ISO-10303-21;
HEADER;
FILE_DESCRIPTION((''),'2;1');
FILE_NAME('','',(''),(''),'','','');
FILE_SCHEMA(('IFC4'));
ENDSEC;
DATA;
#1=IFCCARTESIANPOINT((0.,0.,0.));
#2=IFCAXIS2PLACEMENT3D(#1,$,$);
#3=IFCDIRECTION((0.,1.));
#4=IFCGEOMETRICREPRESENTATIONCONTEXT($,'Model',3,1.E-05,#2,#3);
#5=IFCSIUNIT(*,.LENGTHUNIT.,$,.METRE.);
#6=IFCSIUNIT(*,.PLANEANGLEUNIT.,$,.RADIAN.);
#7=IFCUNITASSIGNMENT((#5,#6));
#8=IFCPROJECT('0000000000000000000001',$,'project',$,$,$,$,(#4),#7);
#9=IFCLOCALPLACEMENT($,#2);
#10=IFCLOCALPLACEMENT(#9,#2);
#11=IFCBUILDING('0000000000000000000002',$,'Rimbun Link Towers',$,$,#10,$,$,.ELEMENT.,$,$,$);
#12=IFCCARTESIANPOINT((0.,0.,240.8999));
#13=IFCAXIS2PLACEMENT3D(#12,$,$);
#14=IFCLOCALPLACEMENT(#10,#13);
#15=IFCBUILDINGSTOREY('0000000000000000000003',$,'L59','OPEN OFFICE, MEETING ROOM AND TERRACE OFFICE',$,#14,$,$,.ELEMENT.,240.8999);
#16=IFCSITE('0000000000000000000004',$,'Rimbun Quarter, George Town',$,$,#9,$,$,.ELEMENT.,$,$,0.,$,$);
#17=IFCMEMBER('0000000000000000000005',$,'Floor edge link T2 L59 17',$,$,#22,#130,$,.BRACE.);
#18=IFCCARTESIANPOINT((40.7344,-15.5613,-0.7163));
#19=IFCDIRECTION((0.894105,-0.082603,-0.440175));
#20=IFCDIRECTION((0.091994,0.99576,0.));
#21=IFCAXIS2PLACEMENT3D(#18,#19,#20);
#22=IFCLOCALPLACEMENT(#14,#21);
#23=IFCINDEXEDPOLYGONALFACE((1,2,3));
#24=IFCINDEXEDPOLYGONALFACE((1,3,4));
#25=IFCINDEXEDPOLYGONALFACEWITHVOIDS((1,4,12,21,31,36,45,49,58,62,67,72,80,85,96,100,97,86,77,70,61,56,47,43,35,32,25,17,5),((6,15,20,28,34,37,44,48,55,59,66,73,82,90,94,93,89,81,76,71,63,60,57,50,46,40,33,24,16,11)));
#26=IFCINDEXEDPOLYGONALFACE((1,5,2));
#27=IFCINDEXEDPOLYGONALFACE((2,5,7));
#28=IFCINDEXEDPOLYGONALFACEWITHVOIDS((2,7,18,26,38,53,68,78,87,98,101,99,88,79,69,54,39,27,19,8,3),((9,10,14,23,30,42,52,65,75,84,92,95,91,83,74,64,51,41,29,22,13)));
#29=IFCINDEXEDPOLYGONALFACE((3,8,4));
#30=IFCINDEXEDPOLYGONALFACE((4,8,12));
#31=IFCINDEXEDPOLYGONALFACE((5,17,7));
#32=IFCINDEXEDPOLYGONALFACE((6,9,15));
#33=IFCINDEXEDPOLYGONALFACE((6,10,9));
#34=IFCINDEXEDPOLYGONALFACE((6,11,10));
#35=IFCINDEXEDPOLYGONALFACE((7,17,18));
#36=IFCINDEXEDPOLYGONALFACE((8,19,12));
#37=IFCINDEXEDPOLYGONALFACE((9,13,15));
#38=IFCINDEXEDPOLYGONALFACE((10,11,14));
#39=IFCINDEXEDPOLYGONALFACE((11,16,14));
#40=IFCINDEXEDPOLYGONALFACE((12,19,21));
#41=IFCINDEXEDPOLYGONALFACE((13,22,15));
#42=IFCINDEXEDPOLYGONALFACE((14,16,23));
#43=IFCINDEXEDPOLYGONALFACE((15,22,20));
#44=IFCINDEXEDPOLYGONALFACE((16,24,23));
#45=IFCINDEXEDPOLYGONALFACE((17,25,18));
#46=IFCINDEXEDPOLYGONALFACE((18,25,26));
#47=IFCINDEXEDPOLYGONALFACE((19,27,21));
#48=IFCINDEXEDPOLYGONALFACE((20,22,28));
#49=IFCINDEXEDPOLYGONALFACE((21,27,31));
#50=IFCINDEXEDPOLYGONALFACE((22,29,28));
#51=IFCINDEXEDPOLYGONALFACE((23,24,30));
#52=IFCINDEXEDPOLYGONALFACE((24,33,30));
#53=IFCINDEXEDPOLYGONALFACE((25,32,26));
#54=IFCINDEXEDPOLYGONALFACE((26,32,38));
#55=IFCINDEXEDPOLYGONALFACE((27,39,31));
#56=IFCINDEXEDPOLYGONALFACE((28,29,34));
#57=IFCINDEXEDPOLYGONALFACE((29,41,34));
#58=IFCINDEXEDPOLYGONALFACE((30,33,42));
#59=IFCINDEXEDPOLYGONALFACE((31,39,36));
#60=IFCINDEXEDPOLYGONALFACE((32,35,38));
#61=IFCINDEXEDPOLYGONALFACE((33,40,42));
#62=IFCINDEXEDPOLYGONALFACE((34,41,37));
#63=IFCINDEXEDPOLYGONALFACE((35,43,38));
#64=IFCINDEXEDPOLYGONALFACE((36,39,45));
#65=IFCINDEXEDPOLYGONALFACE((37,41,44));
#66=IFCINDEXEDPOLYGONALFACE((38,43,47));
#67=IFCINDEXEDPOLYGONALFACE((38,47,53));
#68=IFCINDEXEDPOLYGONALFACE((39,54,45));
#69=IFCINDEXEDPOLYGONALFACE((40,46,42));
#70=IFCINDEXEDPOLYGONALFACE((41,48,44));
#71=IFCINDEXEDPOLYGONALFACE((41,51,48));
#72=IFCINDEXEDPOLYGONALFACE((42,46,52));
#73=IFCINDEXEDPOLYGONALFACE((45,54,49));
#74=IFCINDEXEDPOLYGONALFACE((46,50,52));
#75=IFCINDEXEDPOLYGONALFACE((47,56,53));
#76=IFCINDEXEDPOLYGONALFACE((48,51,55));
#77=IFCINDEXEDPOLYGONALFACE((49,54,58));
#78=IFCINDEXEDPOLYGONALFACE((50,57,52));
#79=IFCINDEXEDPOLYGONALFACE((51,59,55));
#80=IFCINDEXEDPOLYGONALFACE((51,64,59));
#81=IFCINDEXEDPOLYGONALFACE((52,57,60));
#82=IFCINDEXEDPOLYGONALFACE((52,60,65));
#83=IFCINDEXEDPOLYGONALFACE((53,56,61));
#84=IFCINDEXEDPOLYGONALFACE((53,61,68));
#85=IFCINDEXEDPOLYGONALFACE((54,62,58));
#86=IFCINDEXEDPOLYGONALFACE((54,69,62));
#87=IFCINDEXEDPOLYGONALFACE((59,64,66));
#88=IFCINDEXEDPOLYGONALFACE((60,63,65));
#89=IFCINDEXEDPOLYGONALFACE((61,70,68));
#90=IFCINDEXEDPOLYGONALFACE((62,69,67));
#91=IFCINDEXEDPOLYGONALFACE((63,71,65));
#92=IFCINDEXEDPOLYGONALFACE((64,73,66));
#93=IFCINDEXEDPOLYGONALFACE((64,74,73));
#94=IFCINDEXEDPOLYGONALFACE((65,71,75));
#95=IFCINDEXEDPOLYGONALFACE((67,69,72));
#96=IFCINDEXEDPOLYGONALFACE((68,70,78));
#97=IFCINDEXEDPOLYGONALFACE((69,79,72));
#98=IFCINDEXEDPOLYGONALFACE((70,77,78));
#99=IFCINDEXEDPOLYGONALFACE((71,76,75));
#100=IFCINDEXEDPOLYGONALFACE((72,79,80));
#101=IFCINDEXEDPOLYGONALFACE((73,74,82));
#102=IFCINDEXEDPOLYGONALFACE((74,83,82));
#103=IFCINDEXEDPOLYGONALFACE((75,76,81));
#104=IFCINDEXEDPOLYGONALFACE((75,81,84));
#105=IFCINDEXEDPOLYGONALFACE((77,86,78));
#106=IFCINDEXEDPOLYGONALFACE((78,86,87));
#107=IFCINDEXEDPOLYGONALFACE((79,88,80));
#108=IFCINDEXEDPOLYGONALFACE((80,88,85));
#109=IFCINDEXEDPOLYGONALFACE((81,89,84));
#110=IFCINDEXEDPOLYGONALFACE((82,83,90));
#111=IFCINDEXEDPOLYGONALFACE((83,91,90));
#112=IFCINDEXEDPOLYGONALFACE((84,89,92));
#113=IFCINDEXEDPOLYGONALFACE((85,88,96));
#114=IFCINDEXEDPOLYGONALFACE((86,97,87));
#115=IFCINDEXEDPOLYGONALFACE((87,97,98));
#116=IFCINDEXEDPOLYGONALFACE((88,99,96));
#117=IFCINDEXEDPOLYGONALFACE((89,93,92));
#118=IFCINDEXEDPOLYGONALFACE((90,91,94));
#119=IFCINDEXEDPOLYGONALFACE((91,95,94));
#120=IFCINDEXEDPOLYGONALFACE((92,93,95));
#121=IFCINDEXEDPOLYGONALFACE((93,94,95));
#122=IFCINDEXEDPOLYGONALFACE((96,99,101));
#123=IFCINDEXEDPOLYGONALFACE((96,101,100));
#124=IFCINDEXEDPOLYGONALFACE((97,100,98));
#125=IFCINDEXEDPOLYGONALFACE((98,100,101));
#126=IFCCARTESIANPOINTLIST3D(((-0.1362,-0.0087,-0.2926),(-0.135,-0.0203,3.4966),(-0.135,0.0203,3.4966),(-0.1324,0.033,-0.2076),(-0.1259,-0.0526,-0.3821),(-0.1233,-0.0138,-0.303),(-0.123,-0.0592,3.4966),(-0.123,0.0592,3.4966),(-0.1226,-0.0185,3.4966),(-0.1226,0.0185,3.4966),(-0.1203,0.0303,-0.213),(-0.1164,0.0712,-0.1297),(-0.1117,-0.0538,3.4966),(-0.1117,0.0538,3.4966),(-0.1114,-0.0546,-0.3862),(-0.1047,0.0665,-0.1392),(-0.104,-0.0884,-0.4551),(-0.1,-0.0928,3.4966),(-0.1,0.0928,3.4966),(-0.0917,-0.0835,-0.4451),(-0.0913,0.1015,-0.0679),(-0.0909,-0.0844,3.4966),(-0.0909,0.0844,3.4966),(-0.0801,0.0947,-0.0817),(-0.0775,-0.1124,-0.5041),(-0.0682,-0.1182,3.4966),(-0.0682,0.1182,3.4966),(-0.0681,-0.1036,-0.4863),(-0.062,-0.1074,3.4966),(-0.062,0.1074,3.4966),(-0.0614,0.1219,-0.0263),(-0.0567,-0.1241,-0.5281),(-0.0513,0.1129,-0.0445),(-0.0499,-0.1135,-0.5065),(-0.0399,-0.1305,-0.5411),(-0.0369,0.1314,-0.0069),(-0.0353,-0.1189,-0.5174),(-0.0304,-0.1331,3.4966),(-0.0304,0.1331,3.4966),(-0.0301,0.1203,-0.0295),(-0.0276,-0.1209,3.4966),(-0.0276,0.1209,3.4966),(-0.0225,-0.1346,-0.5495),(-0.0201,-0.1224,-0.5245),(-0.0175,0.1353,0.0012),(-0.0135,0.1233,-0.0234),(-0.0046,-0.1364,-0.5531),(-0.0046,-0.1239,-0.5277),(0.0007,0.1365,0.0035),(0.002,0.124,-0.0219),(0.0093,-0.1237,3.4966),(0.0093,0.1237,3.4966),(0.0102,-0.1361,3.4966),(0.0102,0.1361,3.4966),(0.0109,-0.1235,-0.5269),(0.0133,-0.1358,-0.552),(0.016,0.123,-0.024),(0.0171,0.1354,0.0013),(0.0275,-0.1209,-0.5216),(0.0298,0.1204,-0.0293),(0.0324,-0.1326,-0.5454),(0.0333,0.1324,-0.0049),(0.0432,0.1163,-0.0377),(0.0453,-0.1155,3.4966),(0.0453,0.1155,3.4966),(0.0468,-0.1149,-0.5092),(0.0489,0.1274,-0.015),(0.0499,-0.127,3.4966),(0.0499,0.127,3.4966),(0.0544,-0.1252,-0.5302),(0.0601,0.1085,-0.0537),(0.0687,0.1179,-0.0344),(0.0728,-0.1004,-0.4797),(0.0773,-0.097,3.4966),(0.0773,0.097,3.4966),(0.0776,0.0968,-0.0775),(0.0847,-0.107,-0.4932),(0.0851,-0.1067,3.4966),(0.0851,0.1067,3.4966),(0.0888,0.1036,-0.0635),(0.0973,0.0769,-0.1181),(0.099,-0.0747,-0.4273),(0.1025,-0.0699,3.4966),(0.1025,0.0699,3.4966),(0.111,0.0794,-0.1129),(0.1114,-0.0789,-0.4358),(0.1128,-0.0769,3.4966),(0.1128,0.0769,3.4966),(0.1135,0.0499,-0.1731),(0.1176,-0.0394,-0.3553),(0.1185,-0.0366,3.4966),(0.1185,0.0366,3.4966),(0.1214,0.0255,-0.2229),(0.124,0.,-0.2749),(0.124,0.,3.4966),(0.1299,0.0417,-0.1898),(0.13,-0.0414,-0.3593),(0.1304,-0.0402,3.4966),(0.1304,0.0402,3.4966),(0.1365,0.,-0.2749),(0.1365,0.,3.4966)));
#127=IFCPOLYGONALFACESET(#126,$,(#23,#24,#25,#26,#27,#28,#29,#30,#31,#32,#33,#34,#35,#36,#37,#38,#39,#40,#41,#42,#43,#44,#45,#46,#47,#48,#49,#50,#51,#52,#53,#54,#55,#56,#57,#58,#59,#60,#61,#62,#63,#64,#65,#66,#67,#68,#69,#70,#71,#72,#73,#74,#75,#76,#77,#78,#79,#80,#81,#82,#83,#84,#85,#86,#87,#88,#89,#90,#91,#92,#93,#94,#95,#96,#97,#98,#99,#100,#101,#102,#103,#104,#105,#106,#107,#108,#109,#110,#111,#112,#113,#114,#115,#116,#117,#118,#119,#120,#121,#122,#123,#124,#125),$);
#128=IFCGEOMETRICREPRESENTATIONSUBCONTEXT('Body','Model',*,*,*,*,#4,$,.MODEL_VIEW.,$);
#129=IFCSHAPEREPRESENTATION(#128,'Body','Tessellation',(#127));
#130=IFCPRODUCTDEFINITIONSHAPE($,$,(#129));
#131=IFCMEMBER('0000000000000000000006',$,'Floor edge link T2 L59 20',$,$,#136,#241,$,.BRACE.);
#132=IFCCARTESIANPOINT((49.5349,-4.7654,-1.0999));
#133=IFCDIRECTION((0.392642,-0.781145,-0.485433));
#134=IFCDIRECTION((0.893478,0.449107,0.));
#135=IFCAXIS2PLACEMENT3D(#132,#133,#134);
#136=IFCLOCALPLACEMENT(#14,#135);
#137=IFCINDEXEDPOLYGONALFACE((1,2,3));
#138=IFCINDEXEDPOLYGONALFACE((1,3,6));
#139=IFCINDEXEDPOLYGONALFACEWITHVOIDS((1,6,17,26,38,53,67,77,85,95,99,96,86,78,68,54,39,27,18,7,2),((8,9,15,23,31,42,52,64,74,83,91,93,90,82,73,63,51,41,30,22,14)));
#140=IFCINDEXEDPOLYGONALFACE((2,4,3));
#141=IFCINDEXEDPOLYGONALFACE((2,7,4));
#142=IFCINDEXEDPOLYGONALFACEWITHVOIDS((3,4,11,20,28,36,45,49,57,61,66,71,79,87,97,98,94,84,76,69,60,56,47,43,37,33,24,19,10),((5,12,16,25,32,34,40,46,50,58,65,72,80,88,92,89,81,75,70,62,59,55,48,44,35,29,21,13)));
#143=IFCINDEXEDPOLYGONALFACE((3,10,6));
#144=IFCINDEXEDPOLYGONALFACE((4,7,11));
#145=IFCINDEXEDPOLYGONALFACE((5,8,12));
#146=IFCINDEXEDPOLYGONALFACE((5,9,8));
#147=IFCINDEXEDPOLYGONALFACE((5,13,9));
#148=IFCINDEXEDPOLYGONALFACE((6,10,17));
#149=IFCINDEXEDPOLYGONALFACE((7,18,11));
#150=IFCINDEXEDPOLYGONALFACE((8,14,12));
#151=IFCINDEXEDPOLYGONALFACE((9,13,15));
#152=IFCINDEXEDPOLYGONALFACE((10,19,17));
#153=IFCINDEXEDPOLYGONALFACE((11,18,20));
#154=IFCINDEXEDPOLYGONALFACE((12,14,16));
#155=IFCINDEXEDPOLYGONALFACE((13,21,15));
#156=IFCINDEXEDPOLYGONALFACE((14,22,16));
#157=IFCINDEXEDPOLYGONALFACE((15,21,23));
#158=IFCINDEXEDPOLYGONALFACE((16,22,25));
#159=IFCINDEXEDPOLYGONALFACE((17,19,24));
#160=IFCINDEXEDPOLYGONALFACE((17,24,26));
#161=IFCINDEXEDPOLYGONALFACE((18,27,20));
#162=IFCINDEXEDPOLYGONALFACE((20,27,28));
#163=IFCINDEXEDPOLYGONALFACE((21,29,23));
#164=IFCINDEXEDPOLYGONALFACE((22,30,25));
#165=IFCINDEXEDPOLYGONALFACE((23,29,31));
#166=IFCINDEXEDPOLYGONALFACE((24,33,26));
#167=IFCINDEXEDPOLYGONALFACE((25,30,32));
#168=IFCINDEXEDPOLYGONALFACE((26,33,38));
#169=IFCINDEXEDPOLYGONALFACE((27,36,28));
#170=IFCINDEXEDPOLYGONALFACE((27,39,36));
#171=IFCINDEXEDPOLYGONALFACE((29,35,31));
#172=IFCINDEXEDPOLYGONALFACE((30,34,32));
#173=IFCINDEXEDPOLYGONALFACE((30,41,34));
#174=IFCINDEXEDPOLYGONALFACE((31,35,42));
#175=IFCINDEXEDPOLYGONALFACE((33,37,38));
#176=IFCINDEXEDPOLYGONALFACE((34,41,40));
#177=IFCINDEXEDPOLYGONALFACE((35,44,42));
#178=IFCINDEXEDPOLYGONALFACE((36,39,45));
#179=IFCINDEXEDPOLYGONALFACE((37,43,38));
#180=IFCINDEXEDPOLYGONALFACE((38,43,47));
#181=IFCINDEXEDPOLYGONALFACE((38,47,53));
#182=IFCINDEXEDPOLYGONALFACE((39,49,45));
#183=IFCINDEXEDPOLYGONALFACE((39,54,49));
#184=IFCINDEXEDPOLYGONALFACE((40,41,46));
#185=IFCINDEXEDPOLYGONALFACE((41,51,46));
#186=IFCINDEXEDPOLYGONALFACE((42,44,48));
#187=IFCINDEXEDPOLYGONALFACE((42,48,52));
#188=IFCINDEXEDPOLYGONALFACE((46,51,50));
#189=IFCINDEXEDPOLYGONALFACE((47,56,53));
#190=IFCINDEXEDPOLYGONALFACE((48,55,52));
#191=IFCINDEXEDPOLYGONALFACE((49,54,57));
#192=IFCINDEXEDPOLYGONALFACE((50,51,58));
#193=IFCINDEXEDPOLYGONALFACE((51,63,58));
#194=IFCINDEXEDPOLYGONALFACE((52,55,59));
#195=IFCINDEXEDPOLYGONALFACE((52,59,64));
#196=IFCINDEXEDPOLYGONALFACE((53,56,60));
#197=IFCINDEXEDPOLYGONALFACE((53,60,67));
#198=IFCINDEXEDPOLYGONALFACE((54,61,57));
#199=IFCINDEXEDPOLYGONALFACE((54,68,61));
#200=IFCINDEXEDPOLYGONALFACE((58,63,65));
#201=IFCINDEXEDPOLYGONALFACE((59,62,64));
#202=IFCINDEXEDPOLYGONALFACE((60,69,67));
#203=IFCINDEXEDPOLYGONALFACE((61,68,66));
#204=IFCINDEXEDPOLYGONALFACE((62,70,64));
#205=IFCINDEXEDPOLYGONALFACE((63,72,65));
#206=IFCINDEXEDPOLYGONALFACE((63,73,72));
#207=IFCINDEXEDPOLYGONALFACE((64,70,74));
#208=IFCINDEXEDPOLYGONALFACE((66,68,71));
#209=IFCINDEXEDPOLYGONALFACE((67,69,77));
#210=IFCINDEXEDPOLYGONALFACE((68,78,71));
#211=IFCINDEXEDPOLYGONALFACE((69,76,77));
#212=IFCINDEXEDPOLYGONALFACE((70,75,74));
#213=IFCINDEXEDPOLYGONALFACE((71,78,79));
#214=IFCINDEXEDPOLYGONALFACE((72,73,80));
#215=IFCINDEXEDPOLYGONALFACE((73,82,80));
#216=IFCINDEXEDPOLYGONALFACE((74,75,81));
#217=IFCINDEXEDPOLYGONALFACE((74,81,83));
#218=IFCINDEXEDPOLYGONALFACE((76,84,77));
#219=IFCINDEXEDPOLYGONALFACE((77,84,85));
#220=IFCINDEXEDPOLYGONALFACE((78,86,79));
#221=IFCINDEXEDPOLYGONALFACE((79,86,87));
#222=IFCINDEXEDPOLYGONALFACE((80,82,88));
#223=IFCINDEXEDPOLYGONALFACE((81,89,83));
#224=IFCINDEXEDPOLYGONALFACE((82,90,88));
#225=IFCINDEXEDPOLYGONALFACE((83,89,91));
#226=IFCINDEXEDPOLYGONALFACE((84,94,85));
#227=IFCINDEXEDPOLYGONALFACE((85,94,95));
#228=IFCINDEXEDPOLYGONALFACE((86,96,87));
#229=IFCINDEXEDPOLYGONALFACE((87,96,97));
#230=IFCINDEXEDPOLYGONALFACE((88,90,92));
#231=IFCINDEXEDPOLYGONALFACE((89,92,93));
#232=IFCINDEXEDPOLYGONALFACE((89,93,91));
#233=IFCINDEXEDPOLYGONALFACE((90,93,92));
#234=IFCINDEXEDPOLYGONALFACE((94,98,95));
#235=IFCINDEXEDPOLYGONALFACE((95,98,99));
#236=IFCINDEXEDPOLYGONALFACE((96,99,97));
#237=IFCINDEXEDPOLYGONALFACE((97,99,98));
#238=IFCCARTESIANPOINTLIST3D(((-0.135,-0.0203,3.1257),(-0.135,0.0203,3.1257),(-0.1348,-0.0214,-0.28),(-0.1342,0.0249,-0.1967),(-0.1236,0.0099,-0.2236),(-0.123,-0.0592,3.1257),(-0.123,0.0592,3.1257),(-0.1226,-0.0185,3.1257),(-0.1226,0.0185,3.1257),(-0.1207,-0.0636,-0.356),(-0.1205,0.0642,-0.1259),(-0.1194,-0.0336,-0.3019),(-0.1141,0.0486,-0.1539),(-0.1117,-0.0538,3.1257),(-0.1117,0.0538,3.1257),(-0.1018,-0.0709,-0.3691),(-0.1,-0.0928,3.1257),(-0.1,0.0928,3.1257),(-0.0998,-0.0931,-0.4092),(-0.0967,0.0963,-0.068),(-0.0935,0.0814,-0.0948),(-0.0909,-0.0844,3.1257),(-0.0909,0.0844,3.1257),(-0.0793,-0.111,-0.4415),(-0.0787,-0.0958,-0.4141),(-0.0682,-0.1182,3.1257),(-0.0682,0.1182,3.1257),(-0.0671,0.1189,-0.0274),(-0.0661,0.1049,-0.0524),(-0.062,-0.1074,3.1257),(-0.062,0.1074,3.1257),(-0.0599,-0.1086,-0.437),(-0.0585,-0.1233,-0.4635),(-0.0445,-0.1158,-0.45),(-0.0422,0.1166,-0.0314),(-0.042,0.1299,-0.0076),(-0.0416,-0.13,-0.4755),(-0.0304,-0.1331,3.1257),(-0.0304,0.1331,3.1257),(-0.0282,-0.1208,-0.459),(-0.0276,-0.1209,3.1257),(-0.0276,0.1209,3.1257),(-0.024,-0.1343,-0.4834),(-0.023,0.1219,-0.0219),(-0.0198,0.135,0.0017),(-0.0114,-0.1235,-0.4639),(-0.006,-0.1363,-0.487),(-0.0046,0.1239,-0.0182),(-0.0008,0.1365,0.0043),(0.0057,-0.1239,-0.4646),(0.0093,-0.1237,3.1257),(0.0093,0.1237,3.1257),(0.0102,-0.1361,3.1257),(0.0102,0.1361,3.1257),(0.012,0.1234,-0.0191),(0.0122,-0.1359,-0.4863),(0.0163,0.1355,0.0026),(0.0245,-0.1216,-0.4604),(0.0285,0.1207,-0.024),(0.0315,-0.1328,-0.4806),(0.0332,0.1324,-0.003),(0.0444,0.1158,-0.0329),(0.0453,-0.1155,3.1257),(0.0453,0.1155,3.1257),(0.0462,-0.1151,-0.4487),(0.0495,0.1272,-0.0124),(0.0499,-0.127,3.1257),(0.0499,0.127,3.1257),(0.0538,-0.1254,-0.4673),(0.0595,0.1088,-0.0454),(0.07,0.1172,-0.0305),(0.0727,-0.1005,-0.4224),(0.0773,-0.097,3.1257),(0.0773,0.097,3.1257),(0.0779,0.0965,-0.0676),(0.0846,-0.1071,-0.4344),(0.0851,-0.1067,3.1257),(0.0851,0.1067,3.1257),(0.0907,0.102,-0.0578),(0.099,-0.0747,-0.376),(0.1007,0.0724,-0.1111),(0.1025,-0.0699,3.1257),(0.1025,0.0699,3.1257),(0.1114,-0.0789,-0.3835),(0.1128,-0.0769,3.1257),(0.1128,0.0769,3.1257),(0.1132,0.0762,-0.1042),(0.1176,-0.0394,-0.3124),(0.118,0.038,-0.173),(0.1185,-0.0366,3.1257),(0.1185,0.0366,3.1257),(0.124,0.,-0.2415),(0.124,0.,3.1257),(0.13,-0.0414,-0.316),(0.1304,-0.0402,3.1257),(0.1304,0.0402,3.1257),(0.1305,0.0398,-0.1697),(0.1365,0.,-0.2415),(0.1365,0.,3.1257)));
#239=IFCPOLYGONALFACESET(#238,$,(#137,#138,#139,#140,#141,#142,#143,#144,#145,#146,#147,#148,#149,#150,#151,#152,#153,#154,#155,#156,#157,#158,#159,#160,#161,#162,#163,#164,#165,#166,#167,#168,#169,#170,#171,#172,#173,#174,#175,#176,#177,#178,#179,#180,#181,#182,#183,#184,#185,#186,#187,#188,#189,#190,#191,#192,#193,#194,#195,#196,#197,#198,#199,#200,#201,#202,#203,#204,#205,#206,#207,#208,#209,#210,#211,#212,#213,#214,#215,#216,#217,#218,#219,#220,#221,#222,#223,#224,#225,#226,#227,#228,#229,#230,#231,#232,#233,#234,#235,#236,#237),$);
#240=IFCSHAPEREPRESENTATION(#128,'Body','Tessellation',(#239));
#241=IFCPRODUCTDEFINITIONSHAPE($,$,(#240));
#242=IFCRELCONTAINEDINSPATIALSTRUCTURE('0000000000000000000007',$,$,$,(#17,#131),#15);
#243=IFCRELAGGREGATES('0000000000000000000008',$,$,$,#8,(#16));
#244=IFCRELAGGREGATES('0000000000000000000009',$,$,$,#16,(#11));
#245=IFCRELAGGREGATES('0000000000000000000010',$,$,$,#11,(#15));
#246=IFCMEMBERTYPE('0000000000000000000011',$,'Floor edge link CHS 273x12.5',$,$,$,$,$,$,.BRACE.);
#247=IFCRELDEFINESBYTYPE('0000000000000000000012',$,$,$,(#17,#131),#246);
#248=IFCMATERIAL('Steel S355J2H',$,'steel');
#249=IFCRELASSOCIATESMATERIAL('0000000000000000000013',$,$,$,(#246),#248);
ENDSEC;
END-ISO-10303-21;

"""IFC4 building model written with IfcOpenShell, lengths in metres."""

from ifc_helpers import new_model, si_unit, direction, frame, origin, origin_2d, place, context, subcontext, project, spatial, hollow_circle, extrude, clip, halfspace, material, material_profile, profile_set, type_object, element, save


model = new_model("IFC4")

# Units and contexts
model_context = context("Model", 3, precision=1e-05, world=origin(), true_north=direction((0.0, 1.0)))
body_context = subcontext(model_context, "Body", "Model", "MODEL_VIEW")
ifc_project = project(units=[si_unit("LENGTHUNIT", "METRE"), si_unit("PLANEANGLEUNIT", "RADIAN")], contexts=[model_context])

# Site, building, storey
site_placement = place(None, origin())
site = spatial("IfcSite", under=ifc_project, at=site_placement, Name="Rimbun Quarter, George Town", CompositionType="ELEMENT", RefElevation=0.0)
building_placement = place(site_placement, origin())
building = spatial("IfcBuilding", under=site, at=building_placement, Name="Rimbun Link Towers", CompositionType="ELEMENT")
storey_placement = place(building_placement, frame((0.0, 0.0, 240.8999)))
storey = spatial("IfcBuildingStorey", under=building, at=storey_placement, Name="L59", Description="OPEN OFFICE, MEETING ROOM AND TERRACE OFFICE", CompositionType="ELEMENT", Elevation=240.8999)

# Members
ifc_material_1 = material(Name="Steel S355J2H", Category="steel")
ifc_material_profile_1 = material_profile(ifc_material_1, hollow_circle(Radius=0.1365, WallThickness=0.0125, at=origin_2d()), Name="CHS 273x12.5")
ifc_profile_set_1 = profile_set([ifc_material_profile_1], Name="Steel S355J2H")
member_type_1 = type_object("IfcMemberType", Name="Floor edge link CHS 273x12.5", PredefinedType="BRACE", material=ifc_profile_set_1)
member_1_placement = place(storey_placement, frame((40.7344, -15.5613, -0.7163), z_axis=(0.894105, -0.082603, -0.440175), x_axis=(0.091994, 0.99576, 0.0)))
element("IfcMember", 1, at=member_1_placement, inside=storey, type_object=member_type_1, Name="Floor edge link T2 L59 17", PredefinedType="BRACE", context=body_context, shape_type="Clipping", body=[
    clip(extrude(hollow_circle(Radius=0.1365, WallThickness=0.0125, at=origin_2d()), frame((0.0, 0.0, -0.5796)), (0.0, 0.0, 1.0), 4.0762), halfspace(frame((0.0, 0.0, -0.2749), z_axis=(0.0, 0.897912, -0.440175)), False)),
])
member_2_placement = place(storey_placement, frame((49.5349, -4.7654, -1.0999), z_axis=(0.392642, -0.781145, -0.485433), x_axis=(0.893478, 0.449107, 0.0)))
element("IfcMember", 2, at=member_2_placement, inside=storey, type_object=member_type_1, Name="Floor edge link T2 L59 20", PredefinedType="BRACE", context=body_context, shape_type="Clipping", body=[
    clip(extrude(hollow_circle(Radius=0.1365, WallThickness=0.0125, at=origin_2d()), frame((0.0, 0.0, -0.5125)), (0.0, 0.0, 1.0), 3.6382), halfspace(frame((0.0, 0.0, -0.2415), z_axis=(0.0, 0.874274, -0.485433)), False)),
])

save(model, "model.ifc")
